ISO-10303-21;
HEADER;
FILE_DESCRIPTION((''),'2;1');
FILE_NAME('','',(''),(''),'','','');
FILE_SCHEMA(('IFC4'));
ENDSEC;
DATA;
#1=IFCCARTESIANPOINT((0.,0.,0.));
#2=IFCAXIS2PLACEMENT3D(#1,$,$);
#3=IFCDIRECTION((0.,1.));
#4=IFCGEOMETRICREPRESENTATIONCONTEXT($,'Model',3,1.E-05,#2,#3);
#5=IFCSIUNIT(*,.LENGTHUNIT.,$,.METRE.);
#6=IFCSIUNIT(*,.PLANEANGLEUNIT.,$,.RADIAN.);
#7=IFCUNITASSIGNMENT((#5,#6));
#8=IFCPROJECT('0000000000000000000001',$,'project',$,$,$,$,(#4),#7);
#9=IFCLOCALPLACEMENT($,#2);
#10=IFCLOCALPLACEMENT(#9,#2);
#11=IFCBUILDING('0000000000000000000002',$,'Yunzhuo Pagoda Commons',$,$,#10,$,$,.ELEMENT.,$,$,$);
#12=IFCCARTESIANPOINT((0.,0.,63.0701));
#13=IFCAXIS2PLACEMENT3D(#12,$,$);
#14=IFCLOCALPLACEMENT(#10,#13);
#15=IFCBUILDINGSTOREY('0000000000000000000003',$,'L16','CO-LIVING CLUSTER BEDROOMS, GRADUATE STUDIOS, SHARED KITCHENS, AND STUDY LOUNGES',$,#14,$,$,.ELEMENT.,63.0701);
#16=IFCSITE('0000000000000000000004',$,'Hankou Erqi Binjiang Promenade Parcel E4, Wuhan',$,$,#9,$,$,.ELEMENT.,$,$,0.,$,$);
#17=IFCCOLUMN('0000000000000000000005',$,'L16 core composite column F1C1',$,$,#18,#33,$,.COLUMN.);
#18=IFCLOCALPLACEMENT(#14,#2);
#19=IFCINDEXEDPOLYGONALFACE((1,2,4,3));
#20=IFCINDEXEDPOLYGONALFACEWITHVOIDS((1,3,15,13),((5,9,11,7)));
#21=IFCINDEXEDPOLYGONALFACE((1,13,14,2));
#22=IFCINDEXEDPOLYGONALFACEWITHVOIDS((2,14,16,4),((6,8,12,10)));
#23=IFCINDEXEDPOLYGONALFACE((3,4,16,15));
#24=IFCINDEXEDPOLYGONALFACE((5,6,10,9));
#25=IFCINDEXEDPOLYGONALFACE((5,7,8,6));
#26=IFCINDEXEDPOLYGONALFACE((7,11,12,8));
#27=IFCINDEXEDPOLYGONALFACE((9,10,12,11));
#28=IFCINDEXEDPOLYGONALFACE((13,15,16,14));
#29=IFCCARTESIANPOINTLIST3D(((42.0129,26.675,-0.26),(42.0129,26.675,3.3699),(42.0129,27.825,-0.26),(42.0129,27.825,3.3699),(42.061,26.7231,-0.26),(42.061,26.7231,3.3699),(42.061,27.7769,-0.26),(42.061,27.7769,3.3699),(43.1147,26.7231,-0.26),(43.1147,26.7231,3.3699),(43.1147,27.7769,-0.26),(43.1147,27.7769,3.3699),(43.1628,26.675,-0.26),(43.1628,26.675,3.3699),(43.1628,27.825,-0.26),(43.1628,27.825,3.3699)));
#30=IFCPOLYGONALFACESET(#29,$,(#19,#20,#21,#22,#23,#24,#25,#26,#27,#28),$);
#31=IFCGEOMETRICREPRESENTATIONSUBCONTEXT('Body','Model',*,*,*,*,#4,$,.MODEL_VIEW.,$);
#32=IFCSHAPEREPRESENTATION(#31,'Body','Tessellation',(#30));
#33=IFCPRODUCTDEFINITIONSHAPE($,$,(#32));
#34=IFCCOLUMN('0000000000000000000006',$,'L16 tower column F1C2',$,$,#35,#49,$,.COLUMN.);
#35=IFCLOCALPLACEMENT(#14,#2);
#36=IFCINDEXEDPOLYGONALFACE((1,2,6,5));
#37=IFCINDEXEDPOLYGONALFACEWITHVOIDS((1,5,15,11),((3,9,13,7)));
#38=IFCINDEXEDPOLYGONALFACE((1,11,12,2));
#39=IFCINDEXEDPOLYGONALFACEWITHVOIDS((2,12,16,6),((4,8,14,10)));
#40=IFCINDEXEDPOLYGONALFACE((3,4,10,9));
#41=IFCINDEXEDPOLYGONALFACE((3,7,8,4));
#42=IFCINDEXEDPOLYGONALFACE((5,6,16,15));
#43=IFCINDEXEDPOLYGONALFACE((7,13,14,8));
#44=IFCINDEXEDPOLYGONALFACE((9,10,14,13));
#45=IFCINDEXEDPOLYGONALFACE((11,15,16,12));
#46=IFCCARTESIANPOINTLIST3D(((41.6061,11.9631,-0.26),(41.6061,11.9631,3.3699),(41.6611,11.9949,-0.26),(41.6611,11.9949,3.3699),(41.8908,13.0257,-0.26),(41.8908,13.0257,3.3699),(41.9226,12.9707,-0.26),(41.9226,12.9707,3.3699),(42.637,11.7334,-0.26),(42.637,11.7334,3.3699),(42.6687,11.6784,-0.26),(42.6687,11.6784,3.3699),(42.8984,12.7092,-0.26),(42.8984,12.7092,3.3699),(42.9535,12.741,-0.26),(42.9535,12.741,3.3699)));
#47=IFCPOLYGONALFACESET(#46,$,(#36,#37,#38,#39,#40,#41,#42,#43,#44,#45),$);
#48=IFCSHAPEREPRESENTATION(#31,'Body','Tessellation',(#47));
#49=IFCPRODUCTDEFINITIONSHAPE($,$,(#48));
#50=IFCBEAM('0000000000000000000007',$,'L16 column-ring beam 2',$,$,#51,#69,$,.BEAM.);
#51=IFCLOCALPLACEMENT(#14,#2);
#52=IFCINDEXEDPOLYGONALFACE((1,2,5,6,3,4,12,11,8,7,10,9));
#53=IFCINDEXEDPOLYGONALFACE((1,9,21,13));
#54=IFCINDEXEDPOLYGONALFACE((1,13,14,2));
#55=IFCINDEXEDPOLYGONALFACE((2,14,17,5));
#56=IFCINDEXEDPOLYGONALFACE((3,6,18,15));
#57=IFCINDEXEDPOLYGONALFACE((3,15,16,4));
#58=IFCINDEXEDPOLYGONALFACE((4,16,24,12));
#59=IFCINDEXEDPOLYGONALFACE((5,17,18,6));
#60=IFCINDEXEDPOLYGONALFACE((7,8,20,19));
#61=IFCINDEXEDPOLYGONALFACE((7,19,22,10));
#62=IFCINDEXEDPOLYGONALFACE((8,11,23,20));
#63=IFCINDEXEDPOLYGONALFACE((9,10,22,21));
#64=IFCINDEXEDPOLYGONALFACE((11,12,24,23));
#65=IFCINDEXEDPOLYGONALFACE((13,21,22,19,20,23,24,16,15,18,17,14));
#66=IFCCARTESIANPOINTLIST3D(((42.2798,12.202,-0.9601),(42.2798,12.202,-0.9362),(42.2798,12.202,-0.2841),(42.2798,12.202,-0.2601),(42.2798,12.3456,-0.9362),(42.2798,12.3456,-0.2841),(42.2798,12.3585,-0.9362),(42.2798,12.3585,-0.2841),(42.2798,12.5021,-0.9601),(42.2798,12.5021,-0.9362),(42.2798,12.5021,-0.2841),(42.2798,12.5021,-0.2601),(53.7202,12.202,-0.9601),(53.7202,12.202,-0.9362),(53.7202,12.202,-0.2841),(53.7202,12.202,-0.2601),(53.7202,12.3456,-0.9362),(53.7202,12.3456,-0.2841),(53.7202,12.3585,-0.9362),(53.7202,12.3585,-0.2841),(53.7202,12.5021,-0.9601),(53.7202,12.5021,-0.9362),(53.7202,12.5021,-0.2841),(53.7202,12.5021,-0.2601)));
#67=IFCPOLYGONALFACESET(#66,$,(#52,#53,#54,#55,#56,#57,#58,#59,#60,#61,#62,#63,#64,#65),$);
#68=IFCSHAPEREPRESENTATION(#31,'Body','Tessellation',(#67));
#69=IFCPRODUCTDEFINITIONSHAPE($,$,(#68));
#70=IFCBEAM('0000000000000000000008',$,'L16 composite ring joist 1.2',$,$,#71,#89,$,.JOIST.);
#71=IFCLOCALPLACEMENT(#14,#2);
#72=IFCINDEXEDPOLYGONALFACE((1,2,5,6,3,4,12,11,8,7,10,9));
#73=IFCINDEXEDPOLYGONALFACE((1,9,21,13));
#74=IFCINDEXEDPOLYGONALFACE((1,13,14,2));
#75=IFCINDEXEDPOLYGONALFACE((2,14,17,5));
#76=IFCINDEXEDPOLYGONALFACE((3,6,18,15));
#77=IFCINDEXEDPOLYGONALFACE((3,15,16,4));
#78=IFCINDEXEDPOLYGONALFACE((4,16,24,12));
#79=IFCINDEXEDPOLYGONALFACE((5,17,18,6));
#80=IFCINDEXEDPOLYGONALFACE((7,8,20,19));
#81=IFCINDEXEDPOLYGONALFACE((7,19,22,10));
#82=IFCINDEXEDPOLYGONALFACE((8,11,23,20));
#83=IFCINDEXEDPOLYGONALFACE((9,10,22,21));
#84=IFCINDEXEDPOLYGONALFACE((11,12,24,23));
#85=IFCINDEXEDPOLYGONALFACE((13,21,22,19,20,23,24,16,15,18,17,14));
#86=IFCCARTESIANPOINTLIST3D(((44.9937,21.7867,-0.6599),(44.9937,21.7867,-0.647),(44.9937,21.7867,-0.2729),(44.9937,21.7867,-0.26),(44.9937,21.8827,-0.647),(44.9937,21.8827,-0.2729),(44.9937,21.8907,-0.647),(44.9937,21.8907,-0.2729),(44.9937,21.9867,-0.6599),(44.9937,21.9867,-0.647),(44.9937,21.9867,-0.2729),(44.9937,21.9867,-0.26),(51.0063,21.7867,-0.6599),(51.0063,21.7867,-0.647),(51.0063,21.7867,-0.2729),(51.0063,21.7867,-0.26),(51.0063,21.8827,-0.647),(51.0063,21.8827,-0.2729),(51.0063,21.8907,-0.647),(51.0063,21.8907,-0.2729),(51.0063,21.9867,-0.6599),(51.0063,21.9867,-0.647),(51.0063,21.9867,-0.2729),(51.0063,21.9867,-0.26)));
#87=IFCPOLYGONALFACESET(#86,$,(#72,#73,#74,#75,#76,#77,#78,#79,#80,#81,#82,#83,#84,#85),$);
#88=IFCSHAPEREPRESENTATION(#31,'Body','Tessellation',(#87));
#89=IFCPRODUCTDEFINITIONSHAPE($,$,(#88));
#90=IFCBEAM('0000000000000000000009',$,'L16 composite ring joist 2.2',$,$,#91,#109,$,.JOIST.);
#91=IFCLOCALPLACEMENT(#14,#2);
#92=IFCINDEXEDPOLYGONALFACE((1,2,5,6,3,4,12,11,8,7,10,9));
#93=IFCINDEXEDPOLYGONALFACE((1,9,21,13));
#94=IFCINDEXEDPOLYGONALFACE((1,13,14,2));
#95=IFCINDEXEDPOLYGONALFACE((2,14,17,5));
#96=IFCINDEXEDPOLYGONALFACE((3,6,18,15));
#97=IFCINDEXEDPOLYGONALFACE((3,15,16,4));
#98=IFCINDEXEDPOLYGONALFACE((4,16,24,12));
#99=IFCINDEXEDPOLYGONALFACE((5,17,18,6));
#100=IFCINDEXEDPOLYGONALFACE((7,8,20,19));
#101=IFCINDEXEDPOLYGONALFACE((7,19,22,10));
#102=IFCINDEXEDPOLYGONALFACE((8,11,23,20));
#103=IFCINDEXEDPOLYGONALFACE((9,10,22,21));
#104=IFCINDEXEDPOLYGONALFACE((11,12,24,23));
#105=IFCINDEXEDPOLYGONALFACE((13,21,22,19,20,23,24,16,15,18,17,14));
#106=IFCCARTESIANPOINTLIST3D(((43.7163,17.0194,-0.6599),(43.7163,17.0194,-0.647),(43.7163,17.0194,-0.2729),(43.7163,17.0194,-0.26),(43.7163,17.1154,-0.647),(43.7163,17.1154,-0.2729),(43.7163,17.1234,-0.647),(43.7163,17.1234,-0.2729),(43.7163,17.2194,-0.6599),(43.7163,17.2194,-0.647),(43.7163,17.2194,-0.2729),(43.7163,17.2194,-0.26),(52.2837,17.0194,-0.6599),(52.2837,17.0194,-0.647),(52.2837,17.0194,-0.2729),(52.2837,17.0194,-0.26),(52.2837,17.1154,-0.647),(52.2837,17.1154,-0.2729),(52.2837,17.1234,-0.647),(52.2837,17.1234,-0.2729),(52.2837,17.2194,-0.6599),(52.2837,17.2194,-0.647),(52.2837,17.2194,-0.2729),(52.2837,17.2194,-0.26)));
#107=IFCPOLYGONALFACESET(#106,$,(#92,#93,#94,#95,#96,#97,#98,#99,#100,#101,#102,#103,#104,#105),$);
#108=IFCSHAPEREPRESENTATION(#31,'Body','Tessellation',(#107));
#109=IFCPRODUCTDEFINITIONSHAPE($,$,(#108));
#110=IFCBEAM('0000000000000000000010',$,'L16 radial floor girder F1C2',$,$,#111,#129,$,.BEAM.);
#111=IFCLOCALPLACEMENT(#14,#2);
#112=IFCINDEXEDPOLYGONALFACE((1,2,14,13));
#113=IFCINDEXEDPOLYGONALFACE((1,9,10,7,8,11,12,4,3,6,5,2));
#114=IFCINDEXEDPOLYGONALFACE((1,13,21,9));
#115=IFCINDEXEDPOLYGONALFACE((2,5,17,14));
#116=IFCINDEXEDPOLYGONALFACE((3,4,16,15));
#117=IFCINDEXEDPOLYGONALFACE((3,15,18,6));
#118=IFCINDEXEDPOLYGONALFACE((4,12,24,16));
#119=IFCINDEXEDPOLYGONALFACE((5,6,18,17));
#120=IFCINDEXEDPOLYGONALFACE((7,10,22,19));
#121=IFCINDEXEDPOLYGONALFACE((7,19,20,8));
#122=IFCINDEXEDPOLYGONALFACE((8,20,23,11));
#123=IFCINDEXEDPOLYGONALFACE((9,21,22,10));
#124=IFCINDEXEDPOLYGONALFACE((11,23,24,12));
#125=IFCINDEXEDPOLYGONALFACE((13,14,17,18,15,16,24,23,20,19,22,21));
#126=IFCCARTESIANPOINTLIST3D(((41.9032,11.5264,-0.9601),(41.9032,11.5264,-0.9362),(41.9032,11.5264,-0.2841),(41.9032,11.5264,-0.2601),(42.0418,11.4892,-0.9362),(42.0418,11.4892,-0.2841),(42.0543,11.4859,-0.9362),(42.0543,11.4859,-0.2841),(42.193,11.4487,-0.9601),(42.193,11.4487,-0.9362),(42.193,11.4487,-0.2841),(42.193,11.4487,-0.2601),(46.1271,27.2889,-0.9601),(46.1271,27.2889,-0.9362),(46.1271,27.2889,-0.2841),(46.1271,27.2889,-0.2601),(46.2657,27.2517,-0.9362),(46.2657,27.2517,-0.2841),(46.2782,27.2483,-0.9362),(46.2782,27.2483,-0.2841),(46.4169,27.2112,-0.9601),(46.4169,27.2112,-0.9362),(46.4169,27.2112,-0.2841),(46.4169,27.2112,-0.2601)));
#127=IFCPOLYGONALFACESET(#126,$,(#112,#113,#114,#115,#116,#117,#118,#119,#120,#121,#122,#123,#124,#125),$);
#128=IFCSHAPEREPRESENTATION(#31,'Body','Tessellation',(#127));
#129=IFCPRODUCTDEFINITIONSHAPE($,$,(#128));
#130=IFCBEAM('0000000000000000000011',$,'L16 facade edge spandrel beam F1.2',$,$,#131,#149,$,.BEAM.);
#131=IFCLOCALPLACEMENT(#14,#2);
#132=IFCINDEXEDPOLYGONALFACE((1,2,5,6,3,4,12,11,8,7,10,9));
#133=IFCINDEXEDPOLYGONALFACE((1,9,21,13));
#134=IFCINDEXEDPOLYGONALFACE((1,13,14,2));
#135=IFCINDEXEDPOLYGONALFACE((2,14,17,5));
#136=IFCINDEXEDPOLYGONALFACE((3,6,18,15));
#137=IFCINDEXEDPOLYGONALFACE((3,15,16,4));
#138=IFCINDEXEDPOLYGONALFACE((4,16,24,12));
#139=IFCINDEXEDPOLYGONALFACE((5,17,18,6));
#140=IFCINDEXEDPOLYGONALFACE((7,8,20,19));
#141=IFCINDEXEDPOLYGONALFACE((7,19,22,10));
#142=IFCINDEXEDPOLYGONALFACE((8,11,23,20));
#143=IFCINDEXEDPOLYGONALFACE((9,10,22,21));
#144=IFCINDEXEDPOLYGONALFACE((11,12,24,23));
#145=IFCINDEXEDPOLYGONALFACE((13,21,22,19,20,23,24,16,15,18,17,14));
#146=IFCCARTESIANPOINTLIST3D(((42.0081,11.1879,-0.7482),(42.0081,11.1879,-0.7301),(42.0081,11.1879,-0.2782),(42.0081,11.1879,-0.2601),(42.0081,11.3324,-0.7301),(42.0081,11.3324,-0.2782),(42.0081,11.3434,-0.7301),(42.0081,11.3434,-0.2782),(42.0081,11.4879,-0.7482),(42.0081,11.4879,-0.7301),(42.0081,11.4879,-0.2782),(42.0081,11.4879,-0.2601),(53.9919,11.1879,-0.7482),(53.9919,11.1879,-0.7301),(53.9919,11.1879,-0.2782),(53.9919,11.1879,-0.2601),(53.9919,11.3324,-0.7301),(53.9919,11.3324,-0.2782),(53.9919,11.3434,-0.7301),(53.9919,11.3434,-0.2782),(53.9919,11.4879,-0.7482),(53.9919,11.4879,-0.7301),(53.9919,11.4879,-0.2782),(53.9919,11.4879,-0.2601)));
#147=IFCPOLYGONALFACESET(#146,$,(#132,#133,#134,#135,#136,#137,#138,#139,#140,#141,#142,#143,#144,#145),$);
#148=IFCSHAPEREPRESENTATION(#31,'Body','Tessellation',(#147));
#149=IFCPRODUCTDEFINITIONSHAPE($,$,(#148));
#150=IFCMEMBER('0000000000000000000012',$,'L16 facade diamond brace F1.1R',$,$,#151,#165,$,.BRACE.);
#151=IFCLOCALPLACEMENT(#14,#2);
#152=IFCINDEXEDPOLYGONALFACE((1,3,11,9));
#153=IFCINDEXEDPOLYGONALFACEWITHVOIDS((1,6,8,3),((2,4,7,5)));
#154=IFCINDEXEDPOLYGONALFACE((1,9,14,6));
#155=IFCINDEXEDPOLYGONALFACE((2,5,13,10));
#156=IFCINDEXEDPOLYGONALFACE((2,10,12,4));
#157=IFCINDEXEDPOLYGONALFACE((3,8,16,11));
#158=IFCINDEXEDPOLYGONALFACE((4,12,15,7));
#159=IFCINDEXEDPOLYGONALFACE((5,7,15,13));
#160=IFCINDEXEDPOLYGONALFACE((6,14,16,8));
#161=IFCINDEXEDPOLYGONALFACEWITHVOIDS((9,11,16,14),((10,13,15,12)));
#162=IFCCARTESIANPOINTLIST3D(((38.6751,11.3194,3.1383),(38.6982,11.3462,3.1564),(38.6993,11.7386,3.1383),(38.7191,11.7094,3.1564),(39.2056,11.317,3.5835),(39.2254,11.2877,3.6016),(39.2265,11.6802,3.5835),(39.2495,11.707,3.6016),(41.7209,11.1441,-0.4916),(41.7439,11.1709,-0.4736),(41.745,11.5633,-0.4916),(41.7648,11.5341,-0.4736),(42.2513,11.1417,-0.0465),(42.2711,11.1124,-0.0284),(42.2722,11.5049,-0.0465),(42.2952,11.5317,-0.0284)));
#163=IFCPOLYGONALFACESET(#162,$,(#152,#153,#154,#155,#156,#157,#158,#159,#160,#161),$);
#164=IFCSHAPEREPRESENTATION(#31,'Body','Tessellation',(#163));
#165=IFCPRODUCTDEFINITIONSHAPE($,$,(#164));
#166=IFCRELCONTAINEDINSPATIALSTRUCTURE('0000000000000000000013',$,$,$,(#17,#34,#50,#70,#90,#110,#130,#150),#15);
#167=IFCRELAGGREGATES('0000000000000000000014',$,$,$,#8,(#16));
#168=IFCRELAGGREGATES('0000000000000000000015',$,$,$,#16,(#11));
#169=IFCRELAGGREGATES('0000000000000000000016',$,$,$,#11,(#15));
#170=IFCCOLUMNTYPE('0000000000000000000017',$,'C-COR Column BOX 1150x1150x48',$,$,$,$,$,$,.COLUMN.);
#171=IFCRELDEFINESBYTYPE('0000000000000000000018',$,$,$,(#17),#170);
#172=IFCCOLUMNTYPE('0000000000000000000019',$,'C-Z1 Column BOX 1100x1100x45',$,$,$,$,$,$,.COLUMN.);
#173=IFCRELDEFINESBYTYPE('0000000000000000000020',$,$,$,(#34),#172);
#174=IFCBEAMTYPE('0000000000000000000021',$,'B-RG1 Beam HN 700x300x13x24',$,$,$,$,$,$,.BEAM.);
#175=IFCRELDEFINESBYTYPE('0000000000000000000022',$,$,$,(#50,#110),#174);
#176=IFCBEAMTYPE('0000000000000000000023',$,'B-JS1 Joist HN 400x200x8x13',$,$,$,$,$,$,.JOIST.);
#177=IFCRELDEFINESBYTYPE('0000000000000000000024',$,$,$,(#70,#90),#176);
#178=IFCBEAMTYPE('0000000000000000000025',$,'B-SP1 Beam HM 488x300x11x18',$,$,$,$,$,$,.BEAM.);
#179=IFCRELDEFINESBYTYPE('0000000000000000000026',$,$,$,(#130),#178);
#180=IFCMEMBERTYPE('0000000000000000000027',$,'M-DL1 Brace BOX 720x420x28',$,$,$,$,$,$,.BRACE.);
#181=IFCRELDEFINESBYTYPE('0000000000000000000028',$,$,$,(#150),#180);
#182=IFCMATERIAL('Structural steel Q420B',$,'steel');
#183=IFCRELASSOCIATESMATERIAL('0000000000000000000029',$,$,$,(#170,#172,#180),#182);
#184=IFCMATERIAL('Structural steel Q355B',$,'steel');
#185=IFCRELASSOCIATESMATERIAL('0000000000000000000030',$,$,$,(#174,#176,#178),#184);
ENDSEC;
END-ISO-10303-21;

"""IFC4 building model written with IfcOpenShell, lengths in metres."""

from ifc_helpers import new_model, si_unit, direction, frame, origin, origin_2d, place, context, subcontext, project, spatial, hollow_rectangle, i_section, extrude, source, transform, mapped, material, material_profile, profile_set, type_object, element, save


model = new_model("IFC4")

# Units and contexts
model_context = context("Model", 3, precision=1e-05, world=origin(), true_north=direction((0.0, 1.0)))
body_context = subcontext(model_context, "Body", "Model", "MODEL_VIEW")
ifc_project = project(units=[si_unit("LENGTHUNIT", "METRE"), si_unit("PLANEANGLEUNIT", "RADIAN")], contexts=[model_context])

# Site, building, storey
site_placement = place(None, origin())
site = spatial("IfcSite", under=ifc_project, at=site_placement, Name="Hankou Erqi Binjiang Promenade Parcel E4, Wuhan", CompositionType="ELEMENT", RefElevation=0.0)
building_placement = place(site_placement, origin())
building = spatial("IfcBuilding", under=site, at=building_placement, Name="Yunzhuo Pagoda Commons", CompositionType="ELEMENT")
storey_placement = place(building_placement, frame((0.0, 0.0, 63.0701)))
storey = spatial("IfcBuildingStorey", under=building, at=storey_placement, Name="L16", Description="CO-LIVING CLUSTER BEDROOMS, GRADUATE STUDIOS, SHARED KITCHENS, AND STUDY LOUNGES", CompositionType="ELEMENT", Elevation=63.0701)

# Columns
ifc_material_1 = material(Name="Structural steel Q420B", Category="steel")
ifc_material_profile_1 = material_profile(ifc_material_1, hollow_rectangle(XDim=1.1499, YDim=1.1499, WallThickness=0.0481, at=origin_2d()), Name="Structural steel Q420B")
ifc_profile_set_1 = profile_set([ifc_material_profile_1], Name="Structural steel Q420B")
column_type_1 = type_object("IfcColumnType", Name="C-COR Column BOX 1150x1150x48", PredefinedType="COLUMN", material=ifc_profile_set_1)
shared_shape_1 = source(origin(), body_context, "Body", "SweptSolid", [
    extrude(hollow_rectangle(XDim=1.1499, YDim=1.1499, WallThickness=0.0481, at=origin_2d()), origin(), (0.0, 0.0, 1.0), 3.6299),
])
column_1_placement = place(storey_placement, frame((42.5879, 27.25, -0.26), z_axis=(0.0, 0.0, 1.0), x_axis=(1.0, 0.0, 0.0)))
element("IfcColumn", 1, at=column_1_placement, inside=storey, type_object=column_type_1, Name="L16 core composite column F1C1", PredefinedType="COLUMN", context=body_context, shape_type="MappedRepresentation", body=[
    mapped(shared_shape_1, transform((0.0, 0.0, 0.0), scale=1.0)),
])
ifc_material_profile_2 = material_profile(ifc_material_1, hollow_rectangle(XDim=1.1001, YDim=1.1001, WallThickness=0.0449, at=origin_2d()), Name="Structural steel Q420B")
ifc_profile_set_2 = profile_set([ifc_material_profile_2], Name="Structural steel Q420B")
column_type_2 = type_object("IfcColumnType", Name="C-Z1 Column BOX 1100x1100x45", PredefinedType="COLUMN", material=ifc_profile_set_2)
shared_shape_2 = source(origin(), body_context, "Body", "SweptSolid", [
    extrude(hollow_rectangle(XDim=1.1001, YDim=1.1001, WallThickness=0.0449, at=origin_2d()), origin(), (0.0, 0.0, 1.0), 3.6299),
])
column_2_placement = place(storey_placement, frame((42.2798, 12.3521, -0.26), z_axis=(0.0, 0.0, 1.0), x_axis=(0.965926, -0.258819, 0.0)))
element("IfcColumn", 2, at=column_2_placement, inside=storey, type_object=column_type_2, Name="L16 tower column F1C2", PredefinedType="COLUMN", context=body_context, shape_type="MappedRepresentation", body=[
    mapped(shared_shape_2, transform((0.0, 0.0, 0.0), scale=1.0)),
])

# Beams
ifc_material_2 = material(Name="Structural steel Q355B", Category="steel")
ifc_material_profile_3 = material_profile(ifc_material_2, i_section(OverallWidth=0.3, OverallDepth=0.7, WebThickness=0.0129, FlangeThickness=0.0239, at=origin_2d()), Name="Structural steel Q355B")
ifc_profile_set_3 = profile_set([ifc_material_profile_3], Name="Structural steel Q355B")
beam_type_1 = type_object("IfcBeamType", Name="B-RG1 Beam HN 700x300x13x24", PredefinedType="BEAM", material=ifc_profile_set_3)
shared_shape_3 = source(origin(), body_context, "Body", "SweptSolid", [
    extrude(i_section(OverallWidth=0.3, OverallDepth=0.7, WebThickness=0.0129, FlangeThickness=0.0239, at=origin_2d()), origin(), (0.0, 0.0, 1.0), 11.4404),
])
beam_1_placement = place(storey_placement, frame((42.2798, 12.3521, -0.6101), z_axis=(1.0, 0.0, 0.0), x_axis=(0.0, 1.0, 0.0)))
element("IfcBeam", 3, at=beam_1_placement, inside=storey, type_object=beam_type_1, Name="L16 column-ring beam 2", PredefinedType="BEAM", context=body_context, shape_type="MappedRepresentation", body=[
    mapped(shared_shape_3, transform((0.0, 0.0, 0.0), scale=1.0)),
])
ifc_material_profile_4 = material_profile(ifc_material_2, i_section(OverallWidth=0.2, OverallDepth=0.3999, WebThickness=0.0081, FlangeThickness=0.0129, at=origin_2d()), Name="Structural steel Q355B")
ifc_profile_set_4 = profile_set([ifc_material_profile_4], Name="Structural steel Q355B")
beam_type_2 = type_object("IfcBeamType", Name="B-JS1 Joist HN 400x200x8x13", PredefinedType="JOIST", material=ifc_profile_set_4)
shared_shape_4 = source(origin(), body_context, "Body", "SweptSolid", [
    extrude(i_section(OverallWidth=0.2, OverallDepth=0.3999, WebThickness=0.0081, FlangeThickness=0.0129, at=origin_2d()), origin(), (0.0, 0.0, 1.0), 6.0127),
])
beam_2_placement = place(storey_placement, frame((44.9937, 21.8867, -0.46), z_axis=(1.0, 0.0, 0.0), x_axis=(0.0, 1.0, 0.0)))
element("IfcBeam", 4, at=beam_2_placement, inside=storey, type_object=beam_type_2, Name="L16 composite ring joist 1.2", PredefinedType="JOIST", context=body_context, shape_type="MappedRepresentation", body=[
    mapped(shared_shape_4, transform((0.0, 0.0, 0.0), scale=1.0)),
])
shared_shape_5 = source(origin(), body_context, "Body", "SweptSolid", [
    extrude(i_section(OverallWidth=0.2, OverallDepth=0.3999, WebThickness=0.0081, FlangeThickness=0.0129, at=origin_2d()), origin(), (0.0, 0.0, 1.0), 8.5674),
])
beam_3_placement = place(storey_placement, frame((43.7163, 17.1194, -0.46), z_axis=(1.0, 0.0, 0.0), x_axis=(0.0, 1.0, 0.0)))
element("IfcBeam", 5, at=beam_3_placement, inside=storey, type_object=beam_type_2, Name="L16 composite ring joist 2.2", PredefinedType="JOIST", context=body_context, shape_type="MappedRepresentation", body=[
    mapped(shared_shape_5, transform((0.0, 0.0, 0.0), scale=1.0)),
])
shared_shape_6 = source(origin(), body_context, "Body", "SweptSolid", [
    extrude(i_section(OverallWidth=0.3, OverallDepth=0.7, WebThickness=0.0129, FlangeThickness=0.0239, at=origin_2d()), origin(), (0.0, 0.0, 1.0), 16.3186),
])
beam_4_placement = place(storey_placement, frame((42.0481, 11.4875, -0.6101), z_axis=(0.258839, 0.965921, 0.0), x_axis=(-0.965921, 0.258839, 0.0)))
element("IfcBeam", 6, at=beam_4_placement, inside=storey, type_object=beam_type_1, Name="L16 radial floor girder F1C2", PredefinedType="BEAM", context=body_context, shape_type="MappedRepresentation", body=[
    mapped(shared_shape_6, transform((0.0, 0.0, 0.0), scale=1.0)),
])
ifc_material_profile_5 = material_profile(ifc_material_2, i_section(OverallWidth=0.3, OverallDepth=0.488, WebThickness=0.011, FlangeThickness=0.0181, at=origin_2d()), Name="Structural steel Q355B")
ifc_profile_set_5 = profile_set([ifc_material_profile_5], Name="Structural steel Q355B")
beam_type_3 = type_object("IfcBeamType", Name="B-SP1 Beam HM 488x300x11x18", PredefinedType="BEAM", material=ifc_profile_set_5)
shared_shape_7 = source(origin(), body_context, "Body", "SweptSolid", [
    extrude(i_section(OverallWidth=0.3, OverallDepth=0.488, WebThickness=0.011, FlangeThickness=0.0181, at=origin_2d()), origin(), (0.0, 0.0, 1.0), 11.9839),
])
beam_5_placement = place(storey_placement, frame((42.0081, 11.3379, -0.5042), z_axis=(1.0, 0.0, 0.0), x_axis=(0.0, 1.0, 0.0)))
element("IfcBeam", 7, at=beam_5_placement, inside=storey, type_object=beam_type_3, Name="L16 facade edge spandrel beam F1.2", PredefinedType="BEAM", context=body_context, shape_type="MappedRepresentation", body=[
    mapped(shared_shape_7, transform((0.0, 0.0, 0.0), scale=1.0)),
])

# Member
ifc_material_profile_6 = material_profile(ifc_material_1, hollow_rectangle(XDim=0.4199, YDim=0.72, WallThickness=0.0281, at=origin_2d()), Name="Structural steel Q420B")
ifc_profile_set_6 = profile_set([ifc_material_profile_6], Name="Structural steel Q420B")
member_type_1 = type_object("IfcMemberType", Name="M-DL1 Brace BOX 720x420x28", PredefinedType="BRACE", material=ifc_profile_set_6)
shared_shape_8 = source(origin(), body_context, "Body", "SweptSolid", [
    extrude(hollow_rectangle(XDim=0.4199, YDim=0.72, WallThickness=0.0281, at=origin_2d()), origin(), (0.0, 0.0, 1.0), 4.7417),
])
member_1_placement = place(storey_placement, frame((42.0081, 11.3379, -0.26), z_axis=(-0.642326, 0.036969, 0.765539), x_axis=(-0.05746, -0.998348, 0.0)))
element("IfcMember", 8, at=member_1_placement, inside=storey, type_object=member_type_1, Name="L16 facade diamond brace F1.1R", PredefinedType="BRACE", context=body_context, shape_type="MappedRepresentation", body=[
    mapped(shared_shape_8, transform((0.0, 0.0, 0.0), scale=1.0)),
])

save(model, "model.ifc")
